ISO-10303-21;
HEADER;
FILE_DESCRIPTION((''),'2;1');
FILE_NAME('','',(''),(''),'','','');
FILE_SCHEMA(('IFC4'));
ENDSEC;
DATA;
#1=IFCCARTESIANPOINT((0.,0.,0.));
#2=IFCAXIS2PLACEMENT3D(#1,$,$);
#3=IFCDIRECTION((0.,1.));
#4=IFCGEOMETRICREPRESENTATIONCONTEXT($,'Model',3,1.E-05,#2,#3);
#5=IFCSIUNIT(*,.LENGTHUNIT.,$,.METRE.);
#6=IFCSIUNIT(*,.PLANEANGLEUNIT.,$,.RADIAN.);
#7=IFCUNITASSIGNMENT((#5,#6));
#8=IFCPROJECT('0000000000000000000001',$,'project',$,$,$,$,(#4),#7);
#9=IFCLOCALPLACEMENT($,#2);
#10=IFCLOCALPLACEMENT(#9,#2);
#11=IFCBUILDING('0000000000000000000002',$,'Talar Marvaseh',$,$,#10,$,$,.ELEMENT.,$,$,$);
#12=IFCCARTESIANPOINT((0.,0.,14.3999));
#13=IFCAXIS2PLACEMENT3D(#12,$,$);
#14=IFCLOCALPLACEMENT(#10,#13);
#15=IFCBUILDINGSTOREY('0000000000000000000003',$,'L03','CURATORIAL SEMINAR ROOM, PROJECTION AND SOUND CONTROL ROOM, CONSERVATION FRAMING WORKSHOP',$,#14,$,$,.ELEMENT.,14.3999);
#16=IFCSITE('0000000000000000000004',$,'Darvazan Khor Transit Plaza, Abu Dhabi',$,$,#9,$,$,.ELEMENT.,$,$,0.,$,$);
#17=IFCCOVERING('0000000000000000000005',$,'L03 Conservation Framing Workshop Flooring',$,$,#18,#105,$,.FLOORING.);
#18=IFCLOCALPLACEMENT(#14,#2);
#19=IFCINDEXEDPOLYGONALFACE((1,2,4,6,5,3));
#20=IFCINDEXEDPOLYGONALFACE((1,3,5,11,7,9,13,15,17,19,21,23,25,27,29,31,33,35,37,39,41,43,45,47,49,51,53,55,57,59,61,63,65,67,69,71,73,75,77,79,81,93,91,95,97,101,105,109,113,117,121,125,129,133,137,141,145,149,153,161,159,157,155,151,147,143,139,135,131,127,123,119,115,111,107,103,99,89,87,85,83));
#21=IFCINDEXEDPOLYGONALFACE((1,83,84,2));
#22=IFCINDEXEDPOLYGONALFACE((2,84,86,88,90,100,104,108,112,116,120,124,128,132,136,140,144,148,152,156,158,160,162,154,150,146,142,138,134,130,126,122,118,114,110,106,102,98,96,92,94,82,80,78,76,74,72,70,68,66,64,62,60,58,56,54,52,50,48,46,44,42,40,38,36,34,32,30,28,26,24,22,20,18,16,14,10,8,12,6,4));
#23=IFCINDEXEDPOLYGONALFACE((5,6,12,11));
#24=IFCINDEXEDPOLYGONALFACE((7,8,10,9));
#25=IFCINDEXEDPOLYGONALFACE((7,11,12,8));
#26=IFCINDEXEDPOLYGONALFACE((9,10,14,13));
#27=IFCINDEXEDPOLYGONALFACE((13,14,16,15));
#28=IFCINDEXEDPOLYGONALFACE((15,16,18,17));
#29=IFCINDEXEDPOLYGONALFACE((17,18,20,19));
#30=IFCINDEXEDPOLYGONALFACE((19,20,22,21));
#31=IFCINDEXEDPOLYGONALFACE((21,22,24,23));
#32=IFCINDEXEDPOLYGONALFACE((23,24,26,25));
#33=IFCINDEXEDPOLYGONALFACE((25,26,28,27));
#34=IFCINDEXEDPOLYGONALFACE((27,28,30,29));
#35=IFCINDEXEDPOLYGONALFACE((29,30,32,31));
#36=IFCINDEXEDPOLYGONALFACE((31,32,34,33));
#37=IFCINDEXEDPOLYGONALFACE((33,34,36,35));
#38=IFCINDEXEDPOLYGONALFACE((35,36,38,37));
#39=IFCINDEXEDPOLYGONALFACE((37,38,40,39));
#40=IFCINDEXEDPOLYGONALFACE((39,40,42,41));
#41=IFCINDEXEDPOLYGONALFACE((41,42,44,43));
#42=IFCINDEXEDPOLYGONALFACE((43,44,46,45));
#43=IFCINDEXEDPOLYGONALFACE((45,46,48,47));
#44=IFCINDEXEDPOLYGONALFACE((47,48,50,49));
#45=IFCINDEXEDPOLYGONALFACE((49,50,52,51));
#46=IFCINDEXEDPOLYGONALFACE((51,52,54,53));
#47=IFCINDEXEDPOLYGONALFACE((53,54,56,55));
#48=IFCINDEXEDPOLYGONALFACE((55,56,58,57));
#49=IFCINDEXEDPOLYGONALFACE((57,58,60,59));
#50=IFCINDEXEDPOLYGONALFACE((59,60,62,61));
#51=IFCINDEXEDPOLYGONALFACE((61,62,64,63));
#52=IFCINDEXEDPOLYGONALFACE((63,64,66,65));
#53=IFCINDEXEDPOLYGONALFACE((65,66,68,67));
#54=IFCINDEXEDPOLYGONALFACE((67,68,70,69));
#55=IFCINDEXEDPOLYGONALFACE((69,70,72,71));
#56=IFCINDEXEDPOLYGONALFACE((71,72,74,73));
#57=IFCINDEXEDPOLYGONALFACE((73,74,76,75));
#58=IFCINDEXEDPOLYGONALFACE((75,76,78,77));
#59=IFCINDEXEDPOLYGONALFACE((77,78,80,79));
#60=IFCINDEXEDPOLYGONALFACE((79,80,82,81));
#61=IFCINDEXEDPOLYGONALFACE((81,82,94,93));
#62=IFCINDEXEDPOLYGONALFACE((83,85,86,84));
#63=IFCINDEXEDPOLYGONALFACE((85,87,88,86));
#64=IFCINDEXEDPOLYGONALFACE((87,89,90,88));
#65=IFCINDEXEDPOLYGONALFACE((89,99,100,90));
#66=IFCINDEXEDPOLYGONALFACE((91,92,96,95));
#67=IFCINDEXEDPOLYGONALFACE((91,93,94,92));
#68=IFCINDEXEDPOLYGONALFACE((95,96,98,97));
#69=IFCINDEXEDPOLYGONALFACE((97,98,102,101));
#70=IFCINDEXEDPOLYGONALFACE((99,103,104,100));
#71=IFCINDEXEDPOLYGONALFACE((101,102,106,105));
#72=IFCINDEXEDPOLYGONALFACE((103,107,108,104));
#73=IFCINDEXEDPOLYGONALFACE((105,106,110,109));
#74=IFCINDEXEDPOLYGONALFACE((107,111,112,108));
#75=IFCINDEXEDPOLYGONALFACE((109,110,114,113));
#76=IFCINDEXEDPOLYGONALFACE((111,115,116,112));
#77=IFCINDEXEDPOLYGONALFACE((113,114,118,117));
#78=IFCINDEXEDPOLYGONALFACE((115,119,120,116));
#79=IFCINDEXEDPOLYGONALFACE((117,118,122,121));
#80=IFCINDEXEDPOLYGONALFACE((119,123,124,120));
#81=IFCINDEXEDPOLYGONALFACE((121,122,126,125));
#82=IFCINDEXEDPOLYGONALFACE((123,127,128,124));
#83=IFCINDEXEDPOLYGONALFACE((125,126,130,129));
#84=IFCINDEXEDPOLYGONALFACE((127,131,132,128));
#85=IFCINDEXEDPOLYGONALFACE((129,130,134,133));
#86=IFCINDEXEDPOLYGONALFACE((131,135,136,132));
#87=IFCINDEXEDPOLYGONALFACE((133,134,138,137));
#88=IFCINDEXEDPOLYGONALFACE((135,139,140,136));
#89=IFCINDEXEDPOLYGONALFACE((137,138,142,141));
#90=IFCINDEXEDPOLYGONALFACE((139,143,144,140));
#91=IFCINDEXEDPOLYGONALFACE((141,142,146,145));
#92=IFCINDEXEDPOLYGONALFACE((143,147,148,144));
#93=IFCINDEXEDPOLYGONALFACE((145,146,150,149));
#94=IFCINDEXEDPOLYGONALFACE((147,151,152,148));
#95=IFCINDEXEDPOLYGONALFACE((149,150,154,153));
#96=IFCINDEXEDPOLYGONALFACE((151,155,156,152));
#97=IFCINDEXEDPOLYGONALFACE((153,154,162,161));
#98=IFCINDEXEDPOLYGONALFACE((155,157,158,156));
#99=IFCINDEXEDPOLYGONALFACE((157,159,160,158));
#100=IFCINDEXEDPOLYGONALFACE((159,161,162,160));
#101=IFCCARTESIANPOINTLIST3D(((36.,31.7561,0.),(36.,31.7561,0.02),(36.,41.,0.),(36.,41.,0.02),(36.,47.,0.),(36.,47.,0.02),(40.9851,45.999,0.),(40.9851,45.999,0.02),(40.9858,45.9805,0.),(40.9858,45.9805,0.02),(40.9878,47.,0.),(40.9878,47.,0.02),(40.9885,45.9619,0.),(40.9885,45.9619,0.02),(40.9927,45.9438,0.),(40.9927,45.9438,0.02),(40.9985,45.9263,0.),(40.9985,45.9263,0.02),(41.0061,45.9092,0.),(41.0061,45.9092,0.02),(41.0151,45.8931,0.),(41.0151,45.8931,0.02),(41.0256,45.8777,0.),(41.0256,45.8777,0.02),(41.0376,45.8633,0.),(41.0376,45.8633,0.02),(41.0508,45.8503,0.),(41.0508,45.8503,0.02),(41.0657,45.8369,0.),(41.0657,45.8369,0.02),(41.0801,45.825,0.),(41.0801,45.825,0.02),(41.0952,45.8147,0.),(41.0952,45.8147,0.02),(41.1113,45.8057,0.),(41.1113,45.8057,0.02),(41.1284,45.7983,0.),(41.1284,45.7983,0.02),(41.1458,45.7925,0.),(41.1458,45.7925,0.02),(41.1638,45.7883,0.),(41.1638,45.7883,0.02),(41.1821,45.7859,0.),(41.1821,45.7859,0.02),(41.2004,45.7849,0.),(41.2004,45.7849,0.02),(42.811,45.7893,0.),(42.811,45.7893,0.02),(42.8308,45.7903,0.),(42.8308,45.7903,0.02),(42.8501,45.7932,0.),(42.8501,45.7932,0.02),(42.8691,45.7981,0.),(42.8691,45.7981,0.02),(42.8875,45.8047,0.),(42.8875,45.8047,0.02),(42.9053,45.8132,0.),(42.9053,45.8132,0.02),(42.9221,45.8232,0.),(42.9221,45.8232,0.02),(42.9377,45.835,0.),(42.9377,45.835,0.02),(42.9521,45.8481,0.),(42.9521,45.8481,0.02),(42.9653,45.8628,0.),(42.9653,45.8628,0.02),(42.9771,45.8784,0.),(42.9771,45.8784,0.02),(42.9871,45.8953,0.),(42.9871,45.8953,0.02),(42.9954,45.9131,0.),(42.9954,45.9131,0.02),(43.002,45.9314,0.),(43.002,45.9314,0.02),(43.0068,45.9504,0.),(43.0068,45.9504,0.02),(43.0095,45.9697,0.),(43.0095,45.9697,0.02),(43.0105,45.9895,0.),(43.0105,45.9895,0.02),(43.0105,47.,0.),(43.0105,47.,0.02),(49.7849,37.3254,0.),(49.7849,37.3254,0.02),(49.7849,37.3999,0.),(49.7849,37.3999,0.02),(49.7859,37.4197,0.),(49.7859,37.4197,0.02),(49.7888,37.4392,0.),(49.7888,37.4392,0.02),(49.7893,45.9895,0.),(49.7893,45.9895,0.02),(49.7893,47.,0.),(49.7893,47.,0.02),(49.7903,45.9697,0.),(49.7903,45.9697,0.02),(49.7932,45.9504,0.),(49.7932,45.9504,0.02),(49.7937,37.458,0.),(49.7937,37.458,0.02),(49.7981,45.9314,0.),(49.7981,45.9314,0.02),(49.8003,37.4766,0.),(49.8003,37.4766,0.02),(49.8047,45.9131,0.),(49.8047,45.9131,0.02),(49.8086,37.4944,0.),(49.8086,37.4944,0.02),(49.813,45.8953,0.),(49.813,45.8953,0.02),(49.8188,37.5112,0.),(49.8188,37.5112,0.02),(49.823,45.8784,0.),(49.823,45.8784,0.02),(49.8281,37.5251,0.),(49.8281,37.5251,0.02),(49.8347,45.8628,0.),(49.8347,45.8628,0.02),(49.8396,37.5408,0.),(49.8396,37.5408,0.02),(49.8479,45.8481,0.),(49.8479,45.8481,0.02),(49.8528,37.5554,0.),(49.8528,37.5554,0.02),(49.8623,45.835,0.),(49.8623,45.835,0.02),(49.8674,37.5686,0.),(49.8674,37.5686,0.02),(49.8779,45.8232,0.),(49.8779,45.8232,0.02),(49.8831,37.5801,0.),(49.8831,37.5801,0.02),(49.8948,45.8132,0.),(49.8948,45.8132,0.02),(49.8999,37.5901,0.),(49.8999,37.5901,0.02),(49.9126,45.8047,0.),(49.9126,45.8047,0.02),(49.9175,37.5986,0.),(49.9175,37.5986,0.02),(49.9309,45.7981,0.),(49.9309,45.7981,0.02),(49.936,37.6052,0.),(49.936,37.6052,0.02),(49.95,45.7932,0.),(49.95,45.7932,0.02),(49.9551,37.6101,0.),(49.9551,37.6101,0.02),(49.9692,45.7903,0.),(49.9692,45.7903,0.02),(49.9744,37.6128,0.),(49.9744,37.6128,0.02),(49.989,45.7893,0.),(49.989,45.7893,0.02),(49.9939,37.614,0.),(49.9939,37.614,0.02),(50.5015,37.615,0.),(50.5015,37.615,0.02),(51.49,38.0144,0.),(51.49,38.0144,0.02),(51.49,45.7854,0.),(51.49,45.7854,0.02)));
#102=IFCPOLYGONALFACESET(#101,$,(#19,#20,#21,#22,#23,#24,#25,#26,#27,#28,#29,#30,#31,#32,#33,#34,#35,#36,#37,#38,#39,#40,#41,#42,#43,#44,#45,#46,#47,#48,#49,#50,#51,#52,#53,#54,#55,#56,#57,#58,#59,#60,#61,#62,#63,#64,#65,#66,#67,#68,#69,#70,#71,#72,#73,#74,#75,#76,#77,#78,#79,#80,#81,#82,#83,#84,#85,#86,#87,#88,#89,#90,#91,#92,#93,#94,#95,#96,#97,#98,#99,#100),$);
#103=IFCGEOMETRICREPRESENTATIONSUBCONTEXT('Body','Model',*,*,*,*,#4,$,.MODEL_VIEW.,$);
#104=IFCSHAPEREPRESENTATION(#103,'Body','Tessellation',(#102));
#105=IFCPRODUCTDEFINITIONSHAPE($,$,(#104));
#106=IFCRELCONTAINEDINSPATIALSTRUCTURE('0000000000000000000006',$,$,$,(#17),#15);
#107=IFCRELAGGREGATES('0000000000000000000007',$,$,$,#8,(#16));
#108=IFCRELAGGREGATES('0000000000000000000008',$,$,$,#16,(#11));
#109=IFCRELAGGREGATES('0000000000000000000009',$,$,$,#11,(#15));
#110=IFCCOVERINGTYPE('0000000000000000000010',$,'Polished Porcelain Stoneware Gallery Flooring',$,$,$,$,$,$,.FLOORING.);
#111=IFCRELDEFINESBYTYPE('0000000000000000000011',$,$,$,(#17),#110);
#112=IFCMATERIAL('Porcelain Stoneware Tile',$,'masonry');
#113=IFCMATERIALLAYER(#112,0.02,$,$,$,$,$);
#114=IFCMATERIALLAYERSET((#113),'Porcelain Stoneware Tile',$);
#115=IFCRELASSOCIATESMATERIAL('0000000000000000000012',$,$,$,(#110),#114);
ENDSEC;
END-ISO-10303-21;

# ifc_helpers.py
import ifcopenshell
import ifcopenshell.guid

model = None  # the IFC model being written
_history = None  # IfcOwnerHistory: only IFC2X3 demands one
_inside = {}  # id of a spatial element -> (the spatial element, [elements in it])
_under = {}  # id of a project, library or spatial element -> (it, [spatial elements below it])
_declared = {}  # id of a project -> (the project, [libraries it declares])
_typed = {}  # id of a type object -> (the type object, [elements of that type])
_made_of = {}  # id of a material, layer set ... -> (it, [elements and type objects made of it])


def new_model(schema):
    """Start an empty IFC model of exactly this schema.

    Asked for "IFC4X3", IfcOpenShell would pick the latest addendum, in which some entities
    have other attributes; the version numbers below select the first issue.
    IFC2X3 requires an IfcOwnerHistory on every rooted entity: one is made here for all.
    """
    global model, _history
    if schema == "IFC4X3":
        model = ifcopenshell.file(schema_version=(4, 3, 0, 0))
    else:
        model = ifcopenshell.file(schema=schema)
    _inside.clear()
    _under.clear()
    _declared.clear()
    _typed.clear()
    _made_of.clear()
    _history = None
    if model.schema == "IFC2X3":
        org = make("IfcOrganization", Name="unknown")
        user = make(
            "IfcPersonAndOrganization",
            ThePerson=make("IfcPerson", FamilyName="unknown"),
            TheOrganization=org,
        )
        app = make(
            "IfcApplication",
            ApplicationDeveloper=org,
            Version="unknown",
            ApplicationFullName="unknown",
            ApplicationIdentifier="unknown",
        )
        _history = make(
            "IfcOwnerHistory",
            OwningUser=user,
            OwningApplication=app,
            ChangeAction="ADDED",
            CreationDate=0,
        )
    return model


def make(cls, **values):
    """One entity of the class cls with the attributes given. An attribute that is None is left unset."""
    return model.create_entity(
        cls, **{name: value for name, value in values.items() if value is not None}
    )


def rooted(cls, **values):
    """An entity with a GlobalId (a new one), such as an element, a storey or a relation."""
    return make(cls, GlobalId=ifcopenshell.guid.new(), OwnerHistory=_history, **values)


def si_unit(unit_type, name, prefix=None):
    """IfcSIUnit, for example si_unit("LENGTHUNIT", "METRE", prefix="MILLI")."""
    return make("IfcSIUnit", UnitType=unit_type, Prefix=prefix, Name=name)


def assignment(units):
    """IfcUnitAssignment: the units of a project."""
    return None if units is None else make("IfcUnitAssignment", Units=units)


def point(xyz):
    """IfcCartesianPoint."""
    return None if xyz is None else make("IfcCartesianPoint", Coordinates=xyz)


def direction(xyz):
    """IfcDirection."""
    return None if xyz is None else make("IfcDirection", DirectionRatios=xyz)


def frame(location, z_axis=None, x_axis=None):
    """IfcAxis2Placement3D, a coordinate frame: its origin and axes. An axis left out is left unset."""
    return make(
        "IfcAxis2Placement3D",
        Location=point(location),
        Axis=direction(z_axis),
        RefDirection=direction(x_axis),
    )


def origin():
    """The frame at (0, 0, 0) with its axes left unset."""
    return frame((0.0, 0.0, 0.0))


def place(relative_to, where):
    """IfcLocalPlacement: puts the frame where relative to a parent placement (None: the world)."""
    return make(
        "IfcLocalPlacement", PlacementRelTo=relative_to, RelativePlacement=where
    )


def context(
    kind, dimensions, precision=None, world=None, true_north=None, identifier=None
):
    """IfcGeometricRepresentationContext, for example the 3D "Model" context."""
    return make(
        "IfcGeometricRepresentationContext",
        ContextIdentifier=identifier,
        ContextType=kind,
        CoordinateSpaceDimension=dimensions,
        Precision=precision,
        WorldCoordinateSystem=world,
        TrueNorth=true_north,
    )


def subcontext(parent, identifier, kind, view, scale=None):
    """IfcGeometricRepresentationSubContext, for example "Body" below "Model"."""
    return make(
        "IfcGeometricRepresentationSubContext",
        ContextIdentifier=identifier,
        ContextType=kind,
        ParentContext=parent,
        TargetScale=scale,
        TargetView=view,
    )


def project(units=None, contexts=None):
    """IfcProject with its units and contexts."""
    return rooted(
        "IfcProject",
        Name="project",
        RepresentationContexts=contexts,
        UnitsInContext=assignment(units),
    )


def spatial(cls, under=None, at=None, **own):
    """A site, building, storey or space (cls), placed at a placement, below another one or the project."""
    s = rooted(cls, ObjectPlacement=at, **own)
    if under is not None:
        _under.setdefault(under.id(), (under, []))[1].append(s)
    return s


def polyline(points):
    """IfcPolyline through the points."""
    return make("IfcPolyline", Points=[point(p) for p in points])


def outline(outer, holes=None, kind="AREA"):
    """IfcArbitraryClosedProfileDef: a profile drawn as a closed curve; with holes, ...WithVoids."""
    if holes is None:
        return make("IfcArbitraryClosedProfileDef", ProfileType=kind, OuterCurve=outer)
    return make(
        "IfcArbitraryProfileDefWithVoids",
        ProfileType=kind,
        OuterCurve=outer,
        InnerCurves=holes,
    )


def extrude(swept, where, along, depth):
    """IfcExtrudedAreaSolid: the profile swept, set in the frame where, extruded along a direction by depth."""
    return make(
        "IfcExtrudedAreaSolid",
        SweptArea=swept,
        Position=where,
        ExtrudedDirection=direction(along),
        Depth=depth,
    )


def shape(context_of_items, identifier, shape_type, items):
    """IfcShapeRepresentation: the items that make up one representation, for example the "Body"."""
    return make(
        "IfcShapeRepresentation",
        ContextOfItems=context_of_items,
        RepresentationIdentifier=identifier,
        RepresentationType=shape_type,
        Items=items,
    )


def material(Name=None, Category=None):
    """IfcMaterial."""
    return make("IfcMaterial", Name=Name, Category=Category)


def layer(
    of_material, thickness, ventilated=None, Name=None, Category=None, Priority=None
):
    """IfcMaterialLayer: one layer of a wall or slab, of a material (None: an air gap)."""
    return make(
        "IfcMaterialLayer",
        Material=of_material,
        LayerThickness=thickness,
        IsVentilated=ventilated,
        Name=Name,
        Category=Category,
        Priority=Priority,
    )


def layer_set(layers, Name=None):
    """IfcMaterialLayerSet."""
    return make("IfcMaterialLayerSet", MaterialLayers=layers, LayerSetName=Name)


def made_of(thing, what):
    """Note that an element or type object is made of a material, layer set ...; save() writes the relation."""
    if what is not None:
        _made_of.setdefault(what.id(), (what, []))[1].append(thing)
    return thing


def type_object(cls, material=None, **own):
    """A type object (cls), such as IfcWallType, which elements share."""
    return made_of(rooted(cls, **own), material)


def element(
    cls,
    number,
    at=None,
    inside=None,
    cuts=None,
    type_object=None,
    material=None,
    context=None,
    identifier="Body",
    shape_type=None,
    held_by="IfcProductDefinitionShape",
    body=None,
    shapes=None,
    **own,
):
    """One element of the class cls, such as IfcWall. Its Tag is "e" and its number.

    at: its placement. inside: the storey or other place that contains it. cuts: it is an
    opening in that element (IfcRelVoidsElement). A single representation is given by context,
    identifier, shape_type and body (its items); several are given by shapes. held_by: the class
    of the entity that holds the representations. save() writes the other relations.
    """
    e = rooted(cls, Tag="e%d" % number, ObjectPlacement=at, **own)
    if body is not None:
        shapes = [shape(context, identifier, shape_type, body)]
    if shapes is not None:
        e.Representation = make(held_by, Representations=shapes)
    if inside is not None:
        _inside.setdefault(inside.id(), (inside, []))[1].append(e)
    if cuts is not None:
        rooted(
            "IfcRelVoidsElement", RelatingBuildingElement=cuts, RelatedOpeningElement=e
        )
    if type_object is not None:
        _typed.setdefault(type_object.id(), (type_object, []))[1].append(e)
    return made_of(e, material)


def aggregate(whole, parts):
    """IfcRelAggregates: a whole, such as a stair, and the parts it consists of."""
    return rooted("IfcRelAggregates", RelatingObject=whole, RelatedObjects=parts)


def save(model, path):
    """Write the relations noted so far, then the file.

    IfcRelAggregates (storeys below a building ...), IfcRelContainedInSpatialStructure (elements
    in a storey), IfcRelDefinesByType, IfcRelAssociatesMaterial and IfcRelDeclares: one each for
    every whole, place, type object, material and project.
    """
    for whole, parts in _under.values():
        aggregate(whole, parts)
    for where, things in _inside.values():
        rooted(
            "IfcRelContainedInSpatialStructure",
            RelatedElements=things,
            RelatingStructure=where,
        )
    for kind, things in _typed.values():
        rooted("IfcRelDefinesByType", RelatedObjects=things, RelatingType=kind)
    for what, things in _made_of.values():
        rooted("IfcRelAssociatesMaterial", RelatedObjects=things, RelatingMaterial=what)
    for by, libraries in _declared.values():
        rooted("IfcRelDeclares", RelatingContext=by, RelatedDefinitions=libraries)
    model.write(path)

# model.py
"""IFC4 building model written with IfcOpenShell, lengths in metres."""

from ifc_helpers import new_model, si_unit, direction, frame, origin, place, context, subcontext, project, spatial, polyline, outline, extrude, material, layer, layer_set, type_object, element, save


model = new_model("IFC4")

# Units and contexts
model_context = context("Model", 3, precision=1e-05, world=origin(), true_north=direction((0.0, 1.0)))
body_context = subcontext(model_context, "Body", "Model", "MODEL_VIEW")
ifc_project = project(units=[si_unit("LENGTHUNIT", "METRE"), si_unit("PLANEANGLEUNIT", "RADIAN")], contexts=[model_context])

# Site, building, storey
site_placement = place(None, origin())
site = spatial("IfcSite", under=ifc_project, at=site_placement, Name="Darvazan Khor Transit Plaza, Abu Dhabi", CompositionType="ELEMENT", RefElevation=0.0)
building_placement = place(site_placement, origin())
building = spatial("IfcBuilding", under=site, at=building_placement, Name="Talar Marvaseh", CompositionType="ELEMENT")
storey_placement = place(building_placement, frame((0.0, 0.0, 14.3999)))
storey = spatial("IfcBuildingStorey", under=building, at=storey_placement, Name="L03", Description="CURATORIAL SEMINAR ROOM, PROJECTION AND SOUND CONTROL ROOM, CONSERVATION FRAMING WORKSHOP", CompositionType="ELEMENT", Elevation=14.3999)

# Covering
ifc_material_1 = material(Name="Porcelain Stoneware Tile", Category="masonry")
ifc_layer_1 = layer(ifc_material_1, 0.02)
ifc_layer_set_1 = layer_set([ifc_layer_1], Name="Porcelain Stoneware Tile")
covering_type_1 = type_object("IfcCoveringType", Name="Polished Porcelain Stoneware Gallery Flooring", PredefinedType="FLOORING", material=ifc_layer_set_1)
covering_1_placement = place(storey_placement, origin())
element("IfcCovering", 1, at=covering_1_placement, inside=storey, type_object=covering_type_1, Name="L03 Conservation Framing Workshop Flooring", PredefinedType="FLOORING", context=body_context, shape_type="SweptSolid", body=[
    extrude(outline(polyline([(40.9858, 45.9805), (40.9885, 45.9619), (40.9927, 45.9438), (40.9985, 45.9263), (41.0061, 45.9092), (41.0151, 45.8931), (41.0256, 45.8777), (41.0376, 45.8633), (41.0508, 45.8503), (41.0657, 45.8369), (41.0801, 45.825), (41.0952, 45.8147), (41.1113, 45.8057), (41.1284, 45.7983), (41.1458, 45.7925), (41.1638, 45.7883), (41.1821, 45.7859), (41.2004, 45.7849), (42.811, 45.7893), (42.8308, 45.7903), (42.8501, 45.7932), (42.8691, 45.7981), (42.8875, 45.8047), (42.9053, 45.8132), (42.9221, 45.8232), (42.9377, 45.835), (42.9521, 45.8481), (42.9653, 45.8628), (42.9771, 45.8784), (42.9871, 45.8953), (42.9954, 45.9131), (43.002, 45.9314), (43.0068, 45.9504), (43.0095, 45.9697), (43.0105, 45.9895), (43.0105, 47.0), (49.7893, 47.0), (49.7893, 45.9895), (49.7903, 45.9697), (49.7932, 45.9504), (49.7981, 45.9314), (49.8047, 45.9131), (49.813, 45.8953), (49.823, 45.8784), (49.8347, 45.8628), (49.8479, 45.8481), (49.8623, 45.835), (49.8779, 45.8232), (49.8948, 45.8132), (49.9126, 45.8047), (49.9309, 45.7981), (49.95, 45.7932), (49.9692, 45.7903), (49.989, 45.7893), (51.49, 45.7854), (51.49, 38.0144), (50.5015, 37.615), (49.9939, 37.614), (49.9744, 37.6128), (49.9551, 37.6101), (49.936, 37.6052), (49.9175, 37.5986), (49.8999, 37.5901), (49.8831, 37.5801), (49.8674, 37.5686), (49.8528, 37.5554), (49.8396, 37.5408), (49.8281, 37.5251), (49.8188, 37.5112), (49.8086, 37.4944), (49.8003, 37.4766), (49.7937, 37.458), (49.7888, 37.4392), (49.7859, 37.4197), (49.7849, 37.3999), (49.7849, 37.3254), (36.0, 31.7561), (36.0, 41.0), (36.0, 47.0), (40.9878, 47.0), (40.9851, 45.999), (40.9858, 45.9805)])), origin(), (0.0, 0.0, 1.0), 0.02),
])

save(model, "model.ifc")
